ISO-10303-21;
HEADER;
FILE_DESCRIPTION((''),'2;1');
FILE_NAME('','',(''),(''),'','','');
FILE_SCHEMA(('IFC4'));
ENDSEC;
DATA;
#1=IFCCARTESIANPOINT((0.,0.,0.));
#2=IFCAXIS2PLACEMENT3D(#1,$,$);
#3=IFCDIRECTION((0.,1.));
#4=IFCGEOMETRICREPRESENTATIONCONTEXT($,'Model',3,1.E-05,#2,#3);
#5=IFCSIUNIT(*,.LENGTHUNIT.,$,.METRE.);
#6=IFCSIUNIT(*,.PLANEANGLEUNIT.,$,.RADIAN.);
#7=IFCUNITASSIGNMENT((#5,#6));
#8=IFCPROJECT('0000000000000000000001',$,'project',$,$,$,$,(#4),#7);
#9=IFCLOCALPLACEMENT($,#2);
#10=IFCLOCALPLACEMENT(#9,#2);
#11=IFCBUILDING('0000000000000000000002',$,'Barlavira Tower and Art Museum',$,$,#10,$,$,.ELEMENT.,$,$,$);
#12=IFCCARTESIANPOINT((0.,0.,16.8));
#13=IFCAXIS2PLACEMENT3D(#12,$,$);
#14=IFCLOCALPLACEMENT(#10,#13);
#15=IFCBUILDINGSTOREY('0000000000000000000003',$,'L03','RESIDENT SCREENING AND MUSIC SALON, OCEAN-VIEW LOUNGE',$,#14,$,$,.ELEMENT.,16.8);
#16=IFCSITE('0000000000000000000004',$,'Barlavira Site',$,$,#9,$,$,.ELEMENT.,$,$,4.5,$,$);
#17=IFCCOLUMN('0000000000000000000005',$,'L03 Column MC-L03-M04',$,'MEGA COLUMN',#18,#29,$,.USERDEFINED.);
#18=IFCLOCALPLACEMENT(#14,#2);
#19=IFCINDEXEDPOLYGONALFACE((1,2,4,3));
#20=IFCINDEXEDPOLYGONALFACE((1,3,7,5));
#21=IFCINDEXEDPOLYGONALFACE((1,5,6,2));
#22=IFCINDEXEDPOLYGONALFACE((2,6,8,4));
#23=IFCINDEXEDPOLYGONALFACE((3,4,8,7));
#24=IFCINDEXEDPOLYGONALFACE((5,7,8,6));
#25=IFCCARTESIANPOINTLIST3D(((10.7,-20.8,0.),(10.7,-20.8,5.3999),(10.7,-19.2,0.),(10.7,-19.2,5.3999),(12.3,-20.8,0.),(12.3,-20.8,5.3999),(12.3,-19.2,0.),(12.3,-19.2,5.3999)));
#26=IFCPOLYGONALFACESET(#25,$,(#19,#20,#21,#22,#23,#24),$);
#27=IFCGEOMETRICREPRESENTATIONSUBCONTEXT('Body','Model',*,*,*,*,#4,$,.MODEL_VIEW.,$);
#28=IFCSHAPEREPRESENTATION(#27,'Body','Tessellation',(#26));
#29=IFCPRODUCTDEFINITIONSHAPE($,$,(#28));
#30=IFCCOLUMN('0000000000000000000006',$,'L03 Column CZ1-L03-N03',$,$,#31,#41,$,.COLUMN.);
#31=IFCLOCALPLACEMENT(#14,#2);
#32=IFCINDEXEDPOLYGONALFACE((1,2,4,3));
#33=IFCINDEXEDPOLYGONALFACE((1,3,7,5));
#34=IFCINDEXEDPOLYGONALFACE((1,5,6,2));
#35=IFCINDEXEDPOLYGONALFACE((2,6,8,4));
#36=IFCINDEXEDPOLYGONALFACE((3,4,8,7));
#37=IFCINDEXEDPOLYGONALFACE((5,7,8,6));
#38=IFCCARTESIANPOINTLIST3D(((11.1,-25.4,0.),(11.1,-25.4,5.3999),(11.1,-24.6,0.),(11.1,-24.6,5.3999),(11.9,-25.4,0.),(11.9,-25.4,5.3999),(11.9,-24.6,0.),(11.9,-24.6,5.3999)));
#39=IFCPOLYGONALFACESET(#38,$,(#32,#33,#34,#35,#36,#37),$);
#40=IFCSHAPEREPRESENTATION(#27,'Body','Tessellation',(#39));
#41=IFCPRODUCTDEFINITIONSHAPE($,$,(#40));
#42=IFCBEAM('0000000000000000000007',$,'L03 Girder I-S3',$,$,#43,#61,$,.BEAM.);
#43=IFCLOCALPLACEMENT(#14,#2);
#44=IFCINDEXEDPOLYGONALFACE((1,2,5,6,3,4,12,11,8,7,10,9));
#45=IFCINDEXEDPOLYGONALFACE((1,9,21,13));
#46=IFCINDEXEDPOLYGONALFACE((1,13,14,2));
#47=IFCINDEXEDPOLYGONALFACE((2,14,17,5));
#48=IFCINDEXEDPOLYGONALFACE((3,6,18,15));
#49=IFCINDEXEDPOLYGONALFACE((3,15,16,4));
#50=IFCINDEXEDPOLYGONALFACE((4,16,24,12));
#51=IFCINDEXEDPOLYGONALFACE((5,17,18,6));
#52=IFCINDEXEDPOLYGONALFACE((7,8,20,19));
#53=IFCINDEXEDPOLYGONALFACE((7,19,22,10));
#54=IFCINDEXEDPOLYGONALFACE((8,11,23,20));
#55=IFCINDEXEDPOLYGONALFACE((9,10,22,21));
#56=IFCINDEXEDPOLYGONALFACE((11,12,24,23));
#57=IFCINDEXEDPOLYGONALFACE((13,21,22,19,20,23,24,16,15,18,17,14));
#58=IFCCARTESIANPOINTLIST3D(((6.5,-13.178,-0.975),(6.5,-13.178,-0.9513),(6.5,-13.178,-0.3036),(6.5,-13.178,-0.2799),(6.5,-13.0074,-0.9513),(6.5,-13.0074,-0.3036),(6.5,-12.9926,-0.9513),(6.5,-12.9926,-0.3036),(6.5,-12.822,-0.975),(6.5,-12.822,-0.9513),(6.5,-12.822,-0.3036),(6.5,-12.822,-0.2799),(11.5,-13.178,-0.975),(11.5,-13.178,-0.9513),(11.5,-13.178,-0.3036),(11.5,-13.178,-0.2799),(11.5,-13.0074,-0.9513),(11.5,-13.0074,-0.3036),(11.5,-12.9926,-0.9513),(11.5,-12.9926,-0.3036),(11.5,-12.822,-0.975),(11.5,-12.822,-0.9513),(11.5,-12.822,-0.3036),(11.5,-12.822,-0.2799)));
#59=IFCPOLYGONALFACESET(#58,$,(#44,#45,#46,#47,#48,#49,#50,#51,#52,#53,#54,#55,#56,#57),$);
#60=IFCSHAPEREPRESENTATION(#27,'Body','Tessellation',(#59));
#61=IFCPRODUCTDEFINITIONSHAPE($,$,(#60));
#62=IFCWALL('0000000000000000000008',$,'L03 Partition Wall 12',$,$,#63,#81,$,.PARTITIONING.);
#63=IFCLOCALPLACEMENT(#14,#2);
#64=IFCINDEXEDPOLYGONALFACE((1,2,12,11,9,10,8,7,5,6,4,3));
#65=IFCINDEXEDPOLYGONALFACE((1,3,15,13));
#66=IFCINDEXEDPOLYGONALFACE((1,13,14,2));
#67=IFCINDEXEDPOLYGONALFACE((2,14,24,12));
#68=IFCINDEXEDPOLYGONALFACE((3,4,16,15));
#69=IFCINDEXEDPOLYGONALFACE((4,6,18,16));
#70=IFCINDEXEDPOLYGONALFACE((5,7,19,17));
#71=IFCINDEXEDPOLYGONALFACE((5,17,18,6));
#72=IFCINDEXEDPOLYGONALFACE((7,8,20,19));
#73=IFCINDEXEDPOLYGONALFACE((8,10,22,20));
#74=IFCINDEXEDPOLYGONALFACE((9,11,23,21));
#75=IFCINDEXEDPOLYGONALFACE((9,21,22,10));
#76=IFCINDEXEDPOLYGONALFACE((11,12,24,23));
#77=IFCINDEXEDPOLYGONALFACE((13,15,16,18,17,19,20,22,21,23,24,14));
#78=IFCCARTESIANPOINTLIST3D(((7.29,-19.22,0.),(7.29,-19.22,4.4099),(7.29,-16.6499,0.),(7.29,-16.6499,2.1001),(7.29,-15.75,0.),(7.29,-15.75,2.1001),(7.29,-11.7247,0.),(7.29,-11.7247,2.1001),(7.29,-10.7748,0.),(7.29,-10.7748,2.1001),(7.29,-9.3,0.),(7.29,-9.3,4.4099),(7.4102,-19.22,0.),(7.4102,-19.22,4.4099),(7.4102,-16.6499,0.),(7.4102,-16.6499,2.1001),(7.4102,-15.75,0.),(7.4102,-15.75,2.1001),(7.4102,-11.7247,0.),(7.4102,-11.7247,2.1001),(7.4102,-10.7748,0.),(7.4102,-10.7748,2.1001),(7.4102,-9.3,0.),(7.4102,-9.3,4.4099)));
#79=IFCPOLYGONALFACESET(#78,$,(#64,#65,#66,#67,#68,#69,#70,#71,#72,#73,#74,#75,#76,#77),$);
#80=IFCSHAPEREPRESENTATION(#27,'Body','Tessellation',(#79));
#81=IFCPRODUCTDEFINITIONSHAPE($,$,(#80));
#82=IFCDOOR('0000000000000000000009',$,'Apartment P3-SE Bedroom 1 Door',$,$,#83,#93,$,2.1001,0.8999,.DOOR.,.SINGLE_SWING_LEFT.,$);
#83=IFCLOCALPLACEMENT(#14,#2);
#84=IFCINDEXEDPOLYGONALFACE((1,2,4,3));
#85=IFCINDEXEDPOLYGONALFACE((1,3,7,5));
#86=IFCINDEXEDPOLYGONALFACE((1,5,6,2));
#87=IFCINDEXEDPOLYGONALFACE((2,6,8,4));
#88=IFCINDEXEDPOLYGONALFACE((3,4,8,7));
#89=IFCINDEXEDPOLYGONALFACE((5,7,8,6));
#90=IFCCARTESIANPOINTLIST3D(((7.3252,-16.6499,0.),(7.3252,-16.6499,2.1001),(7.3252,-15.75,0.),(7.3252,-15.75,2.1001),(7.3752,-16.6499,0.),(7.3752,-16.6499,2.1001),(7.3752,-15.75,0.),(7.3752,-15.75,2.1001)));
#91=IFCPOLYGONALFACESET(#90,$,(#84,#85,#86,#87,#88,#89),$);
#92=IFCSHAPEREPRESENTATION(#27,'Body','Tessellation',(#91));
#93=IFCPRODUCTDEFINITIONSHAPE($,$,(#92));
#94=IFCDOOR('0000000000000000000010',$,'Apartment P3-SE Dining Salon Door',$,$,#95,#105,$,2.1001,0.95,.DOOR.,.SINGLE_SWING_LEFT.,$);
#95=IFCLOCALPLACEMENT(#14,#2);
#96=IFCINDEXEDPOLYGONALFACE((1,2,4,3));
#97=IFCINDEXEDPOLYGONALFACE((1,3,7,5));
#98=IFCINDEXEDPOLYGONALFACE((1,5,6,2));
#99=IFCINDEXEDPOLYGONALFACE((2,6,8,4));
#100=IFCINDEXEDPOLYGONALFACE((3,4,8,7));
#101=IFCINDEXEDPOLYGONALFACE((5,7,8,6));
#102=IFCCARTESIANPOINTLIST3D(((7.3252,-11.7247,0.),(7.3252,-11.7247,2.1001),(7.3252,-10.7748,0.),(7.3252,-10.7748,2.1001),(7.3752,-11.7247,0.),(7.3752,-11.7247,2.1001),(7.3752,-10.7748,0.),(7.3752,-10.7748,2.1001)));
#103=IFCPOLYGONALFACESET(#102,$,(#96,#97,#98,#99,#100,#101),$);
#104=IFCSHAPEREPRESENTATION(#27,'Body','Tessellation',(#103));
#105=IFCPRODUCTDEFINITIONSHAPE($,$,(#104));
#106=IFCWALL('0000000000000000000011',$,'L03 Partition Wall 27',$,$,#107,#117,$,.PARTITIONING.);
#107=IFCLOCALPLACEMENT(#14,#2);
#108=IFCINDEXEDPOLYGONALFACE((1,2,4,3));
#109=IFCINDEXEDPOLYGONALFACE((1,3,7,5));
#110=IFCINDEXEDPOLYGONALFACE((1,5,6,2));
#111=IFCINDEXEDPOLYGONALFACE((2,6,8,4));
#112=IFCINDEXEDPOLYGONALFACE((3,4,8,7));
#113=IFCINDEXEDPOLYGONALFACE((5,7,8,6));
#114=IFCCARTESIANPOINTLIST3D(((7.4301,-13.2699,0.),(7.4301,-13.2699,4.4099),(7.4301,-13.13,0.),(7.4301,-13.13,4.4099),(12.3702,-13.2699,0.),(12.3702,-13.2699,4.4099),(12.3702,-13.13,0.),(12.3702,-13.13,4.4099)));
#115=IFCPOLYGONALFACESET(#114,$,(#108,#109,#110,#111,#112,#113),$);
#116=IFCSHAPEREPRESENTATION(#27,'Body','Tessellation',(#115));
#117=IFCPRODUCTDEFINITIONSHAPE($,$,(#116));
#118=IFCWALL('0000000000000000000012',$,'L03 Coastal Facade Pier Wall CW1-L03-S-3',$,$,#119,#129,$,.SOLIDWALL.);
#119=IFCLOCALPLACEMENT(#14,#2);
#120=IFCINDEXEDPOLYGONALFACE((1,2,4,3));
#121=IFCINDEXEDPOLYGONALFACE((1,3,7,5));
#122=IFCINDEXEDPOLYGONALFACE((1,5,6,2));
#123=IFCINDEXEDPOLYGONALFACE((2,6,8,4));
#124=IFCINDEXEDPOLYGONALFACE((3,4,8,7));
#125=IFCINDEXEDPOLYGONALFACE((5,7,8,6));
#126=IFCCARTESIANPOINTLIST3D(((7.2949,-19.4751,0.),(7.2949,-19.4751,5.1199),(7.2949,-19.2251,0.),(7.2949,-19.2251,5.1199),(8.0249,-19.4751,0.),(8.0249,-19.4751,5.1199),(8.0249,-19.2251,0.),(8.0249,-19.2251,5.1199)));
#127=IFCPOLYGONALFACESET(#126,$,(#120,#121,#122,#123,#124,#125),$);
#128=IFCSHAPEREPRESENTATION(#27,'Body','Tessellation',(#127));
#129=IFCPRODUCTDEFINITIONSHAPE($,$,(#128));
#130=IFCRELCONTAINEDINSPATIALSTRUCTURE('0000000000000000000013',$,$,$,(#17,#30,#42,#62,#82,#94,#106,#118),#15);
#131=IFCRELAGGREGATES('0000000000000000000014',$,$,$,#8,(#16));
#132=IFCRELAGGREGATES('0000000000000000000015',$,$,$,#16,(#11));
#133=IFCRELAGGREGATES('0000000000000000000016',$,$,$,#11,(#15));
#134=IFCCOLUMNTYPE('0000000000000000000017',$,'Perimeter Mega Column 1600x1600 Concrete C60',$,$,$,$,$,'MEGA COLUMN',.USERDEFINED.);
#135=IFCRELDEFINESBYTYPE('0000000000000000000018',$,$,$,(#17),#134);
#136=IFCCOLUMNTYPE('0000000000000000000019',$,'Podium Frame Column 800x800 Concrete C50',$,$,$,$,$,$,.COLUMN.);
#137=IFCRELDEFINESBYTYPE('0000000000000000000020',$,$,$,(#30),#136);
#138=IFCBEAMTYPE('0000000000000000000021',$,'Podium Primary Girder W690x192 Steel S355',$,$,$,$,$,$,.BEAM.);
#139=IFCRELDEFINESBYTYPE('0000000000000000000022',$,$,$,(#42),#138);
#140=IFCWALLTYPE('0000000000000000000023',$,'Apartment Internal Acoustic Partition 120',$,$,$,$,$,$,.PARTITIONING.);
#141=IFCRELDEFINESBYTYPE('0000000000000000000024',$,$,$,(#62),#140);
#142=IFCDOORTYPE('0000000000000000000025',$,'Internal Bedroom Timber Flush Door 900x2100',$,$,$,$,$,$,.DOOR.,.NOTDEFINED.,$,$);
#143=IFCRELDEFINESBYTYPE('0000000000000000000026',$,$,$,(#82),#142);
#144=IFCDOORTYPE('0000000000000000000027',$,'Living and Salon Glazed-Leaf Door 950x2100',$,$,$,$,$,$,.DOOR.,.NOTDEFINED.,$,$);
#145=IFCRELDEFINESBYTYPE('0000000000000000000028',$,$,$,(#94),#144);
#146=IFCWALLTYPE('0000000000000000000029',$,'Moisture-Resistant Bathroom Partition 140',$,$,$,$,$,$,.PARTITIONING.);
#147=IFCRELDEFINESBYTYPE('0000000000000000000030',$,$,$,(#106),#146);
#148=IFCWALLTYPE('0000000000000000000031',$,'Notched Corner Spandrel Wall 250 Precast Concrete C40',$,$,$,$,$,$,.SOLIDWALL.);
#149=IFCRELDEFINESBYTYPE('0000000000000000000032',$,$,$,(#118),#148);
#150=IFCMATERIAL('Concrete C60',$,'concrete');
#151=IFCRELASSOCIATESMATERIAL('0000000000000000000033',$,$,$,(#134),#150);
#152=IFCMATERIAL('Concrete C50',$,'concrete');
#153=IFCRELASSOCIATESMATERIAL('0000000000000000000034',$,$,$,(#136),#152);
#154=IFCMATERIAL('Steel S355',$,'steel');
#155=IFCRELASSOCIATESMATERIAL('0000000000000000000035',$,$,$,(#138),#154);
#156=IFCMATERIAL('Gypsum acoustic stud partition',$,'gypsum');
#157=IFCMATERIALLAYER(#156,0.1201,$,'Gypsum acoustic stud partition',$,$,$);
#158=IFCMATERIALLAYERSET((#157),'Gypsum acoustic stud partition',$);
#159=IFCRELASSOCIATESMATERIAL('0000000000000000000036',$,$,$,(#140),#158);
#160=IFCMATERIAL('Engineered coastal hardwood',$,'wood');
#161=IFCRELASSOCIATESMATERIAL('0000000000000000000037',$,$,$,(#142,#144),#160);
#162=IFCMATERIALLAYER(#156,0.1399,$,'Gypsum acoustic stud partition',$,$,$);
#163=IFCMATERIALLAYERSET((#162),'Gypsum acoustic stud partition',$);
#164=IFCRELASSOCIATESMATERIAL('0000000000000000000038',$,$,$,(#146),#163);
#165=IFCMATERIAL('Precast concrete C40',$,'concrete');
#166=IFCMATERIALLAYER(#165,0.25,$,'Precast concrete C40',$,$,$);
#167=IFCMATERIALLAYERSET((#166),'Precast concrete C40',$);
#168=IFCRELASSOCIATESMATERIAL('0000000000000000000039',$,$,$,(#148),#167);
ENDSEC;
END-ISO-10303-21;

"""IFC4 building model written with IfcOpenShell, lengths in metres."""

from ifc_helpers import new_model, si_unit, direction, frame, frame_2d, origin, origin_2d, place, context, subcontext, project, spatial, rectangle, i_section, extrude, material, layer, layer_set, material_profile, profile_set, type_object, element, fill, save


model = new_model("IFC4")

# Units and contexts
model_context = context("Model", 3, precision=1e-05, world=origin(), true_north=direction((0.0, 1.0)))
body_context = subcontext(model_context, "Body", "Model", "MODEL_VIEW")
ifc_project = project(units=[si_unit("LENGTHUNIT", "METRE"), si_unit("PLANEANGLEUNIT", "RADIAN")], contexts=[model_context])

# Site, building, storey
site_placement = place(None, origin())
site = spatial("IfcSite", under=ifc_project, at=site_placement, Name="Barlavira Site", CompositionType="ELEMENT", RefElevation=4.5)
building_placement = place(site_placement, origin())
building = spatial("IfcBuilding", under=site, at=building_placement, Name="Barlavira Tower and Art Museum", CompositionType="ELEMENT")
storey_placement = place(building_placement, frame((0.0, 0.0, 16.8)))
storey = spatial("IfcBuildingStorey", under=building, at=storey_placement, Name="L03", Description="RESIDENT SCREENING AND MUSIC SALON, OCEAN-VIEW LOUNGE", CompositionType="ELEMENT", Elevation=16.8)

# Columns
ifc_material_1 = material(Name="Concrete C60", Category="concrete")
ifc_material_profile_1 = material_profile(ifc_material_1, rectangle(XDim=1.6001, YDim=1.6001, at=origin_2d()), Name="RC-MCOL 1600x1600")
ifc_profile_set_1 = profile_set([ifc_material_profile_1], Name="Concrete C60")
column_type_1 = type_object("IfcColumnType", Name="Perimeter Mega Column 1600x1600 Concrete C60", ElementType="MEGA COLUMN", PredefinedType="USERDEFINED", material=ifc_profile_set_1)
column_1_placement = place(storey_placement, frame((11.5, -20.0, 0.0), z_axis=(0.0, 0.0, 1.0), x_axis=(1.0, 0.0, 0.0)))
element("IfcColumn", 1, at=column_1_placement, inside=storey, type_object=column_type_1, Name="L03 Column MC-L03-M04", ObjectType="MEGA COLUMN", PredefinedType="USERDEFINED", context=body_context, shape_type="SweptSolid", body=[
    extrude(rectangle(XDim=1.6001, YDim=1.6001, at=origin_2d()), origin(), (0.0, 0.0, 1.0), 5.3999),
])
ifc_material_2 = material(Name="Concrete C50", Category="concrete")
ifc_material_profile_2 = material_profile(ifc_material_2, rectangle(XDim=0.8, YDim=0.8, at=origin_2d()), Name="RC-COL 800x800")
ifc_profile_set_2 = profile_set([ifc_material_profile_2], Name="Concrete C50")
column_type_2 = type_object("IfcColumnType", Name="Podium Frame Column 800x800 Concrete C50", PredefinedType="COLUMN", material=ifc_profile_set_2)
column_2_placement = place(storey_placement, frame((11.5, -25.0, 0.0), z_axis=(0.0, 0.0, 1.0), x_axis=(1.0, 0.0, 0.0)))
element("IfcColumn", 2, at=column_2_placement, inside=storey, type_object=column_type_2, Name="L03 Column CZ1-L03-N03", PredefinedType="COLUMN", context=body_context, shape_type="SweptSolid", body=[
    extrude(rectangle(XDim=0.8, YDim=0.8, at=origin_2d()), origin(), (0.0, 0.0, 1.0), 5.3999),
])

# Beam
ifc_material_3 = material(Name="Steel S355", Category="steel")
ifc_material_profile_3 = material_profile(ifc_material_3, i_section(OverallWidth=0.356, OverallDepth=0.6951, WebThickness=0.0149, FlangeThickness=0.0237, at=origin_2d()), Name="W690x192.0")
ifc_profile_set_3 = profile_set([ifc_material_profile_3], Name="Steel S355")
beam_type = type_object("IfcBeamType", Name="Podium Primary Girder W690x192 Steel S355", PredefinedType="BEAM", material=ifc_profile_set_3)
beam_placement = place(storey_placement, frame((6.5, -13.0, -0.6274), z_axis=(1.0, 0.0, 0.0), x_axis=(0.0, 1.0, 0.0)))
element("IfcBeam", 3, at=beam_placement, inside=storey, type_object=beam_type, Name="L03 Girder I-S3", PredefinedType="BEAM", context=body_context, shape_type="SweptSolid", body=[
    extrude(i_section(OverallWidth=0.356, OverallDepth=0.6951, WebThickness=0.0149, FlangeThickness=0.0237, at=origin_2d()), origin(), (0.0, 0.0, 1.0), 5.0),
])

# Wall, openings, doors
ifc_material_4 = material(Name="Gypsum acoustic stud partition", Category="gypsum")
ifc_layer_1 = layer(ifc_material_4, 0.1201, Name="Gypsum acoustic stud partition")
ifc_layer_set_1 = layer_set([ifc_layer_1], Name="Gypsum acoustic stud partition")
wall_type_1 = type_object("IfcWallType", Name="Apartment Internal Acoustic Partition 120", PredefinedType="PARTITIONING", material=ifc_layer_set_1)
wall_1_placement = place(storey_placement, frame((7.3501, -19.22, 0.0), z_axis=(0.0, 0.0, 1.0), x_axis=(0.0, 1.0, 0.0)))
wall_1 = element("IfcWall", 4, at=wall_1_placement, inside=storey, type_object=wall_type_1, Name="L03 Partition Wall 12", PredefinedType="PARTITIONING", context=body_context, shape_type="SweptSolid", body=[
    extrude(rectangle(XDim=9.9199, YDim=0.1201, at=frame_2d((4.96, 0.0))), origin(), (0.0, 0.0, 1.0), 4.4099),
])
opening_1_placement = place(wall_1_placement, frame((7.4951, 0.0, 0.0)))
opening_1 = element("IfcOpeningElement", 5, at=opening_1_placement, cuts=wall_1, PredefinedType="OPENING", context=body_context, shape_type="SweptSolid", body=[
    extrude(rectangle(XDim=0.95, YDim=2.1001, at=frame_2d((0.4751, 1.05))), frame((0.0, 0.0701, 0.0), z_axis=(0.0, -1.0, 0.0), x_axis=(1.0, 0.0, 0.0)), (0.0, 0.0, 1.0), 0.1401),
])
opening_2_placement = place(wall_1_placement, frame((2.5701, 0.0, 0.0)))
opening_2 = element("IfcOpeningElement", 6, at=opening_2_placement, cuts=wall_1, PredefinedType="OPENING", context=body_context, shape_type="SweptSolid", body=[
    extrude(rectangle(XDim=0.8999, YDim=2.1001, at=frame_2d((0.45, 1.05))), frame((0.0, 0.0701, 0.0), z_axis=(0.0, -1.0, 0.0), x_axis=(1.0, 0.0, 0.0)), (0.0, 0.0, 1.0), 0.1401),
])
ifc_material_5 = material(Name="Engineered coastal hardwood", Category="wood")
door_type_1 = type_object("IfcDoorType", Name="Internal Bedroom Timber Flush Door 900x2100", OperationType="NOTDEFINED", PredefinedType="DOOR", material=ifc_material_5)
door_1_placement = place(opening_2_placement, origin())
door_1 = element("IfcDoor", 7, at=door_1_placement, inside=storey, type_object=door_type_1, Name="Apartment P3-SE Bedroom 1 Door", OperationType="SINGLE_SWING_LEFT", OverallHeight=2.1001, OverallWidth=0.8999, PredefinedType="DOOR", context=body_context, shape_type="SweptSolid", body=[
    extrude(rectangle(XDim=0.8999, YDim=2.1001, at=frame_2d((0.45, 1.05))), frame((0.0, 0.0249, 0.0), z_axis=(0.0, -1.0, 0.0), x_axis=(1.0, 0.0, 0.0)), (0.0, 0.0, 1.0), 0.05),
])
fill(opening_2, door_1)
door_type_2 = type_object("IfcDoorType", Name="Living and Salon Glazed-Leaf Door 950x2100", OperationType="NOTDEFINED", PredefinedType="DOOR", material=ifc_material_5)
door_2_placement = place(opening_1_placement, origin())
door_2 = element("IfcDoor", 8, at=door_2_placement, inside=storey, type_object=door_type_2, Name="Apartment P3-SE Dining Salon Door", OperationType="SINGLE_SWING_LEFT", OverallHeight=2.1001, OverallWidth=0.95, PredefinedType="DOOR", context=body_context, shape_type="SweptSolid", body=[
    extrude(rectangle(XDim=0.95, YDim=2.1001, at=frame_2d((0.4751, 1.05))), frame((0.0, 0.0249, 0.0), z_axis=(0.0, -1.0, 0.0), x_axis=(1.0, 0.0, 0.0)), (0.0, 0.0, 1.0), 0.05),
])
fill(opening_1, door_2)

# Walls
ifc_layer_2 = layer(ifc_material_4, 0.1399, Name="Gypsum acoustic stud partition")
ifc_layer_set_2 = layer_set([ifc_layer_2], Name="Gypsum acoustic stud partition")
wall_type_2 = type_object("IfcWallType", Name="Moisture-Resistant Bathroom Partition 140", PredefinedType="PARTITIONING", material=ifc_layer_set_2)
wall_2_placement = place(storey_placement, frame((7.4299, -13.2, 0.0), z_axis=(0.0, 0.0, 1.0), x_axis=(1.0, 0.0, 0.0)))
element("IfcWall", 9, at=wall_2_placement, inside=storey, type_object=wall_type_2, Name="L03 Partition Wall 27", PredefinedType="PARTITIONING", context=body_context, shape_type="SweptSolid", body=[
    extrude(rectangle(XDim=4.9402, YDim=0.1399, at=frame_2d((2.4702, 0.0))), origin(), (0.0, 0.0, 1.0), 4.4099),
])
ifc_material_6 = material(Name="Precast concrete C40", Category="concrete")
ifc_layer_3 = layer(ifc_material_6, 0.25, Name="Precast concrete C40")
ifc_layer_set_3 = layer_set([ifc_layer_3], Name="Precast concrete C40")
wall_type_3 = type_object("IfcWallType", Name="Notched Corner Spandrel Wall 250 Precast Concrete C40", PredefinedType="SOLIDWALL", material=ifc_layer_set_3)
wall_3_placement = place(storey_placement, frame((7.2949, -19.3501, 0.0), z_axis=(0.0, 0.0, 1.0), x_axis=(1.0, 0.0, 0.0)))
element("IfcWall", 10, at=wall_3_placement, inside=storey, type_object=wall_type_3, Name="L03 Coastal Facade Pier Wall CW1-L03-S-3", PredefinedType="SOLIDWALL", context=body_context, shape_type="SweptSolid", body=[
    extrude(rectangle(XDim=0.73, YDim=0.25, at=frame_2d((0.365, 0.0))), origin(), (0.0, 0.0, 1.0), 5.1199),
])

save(model, "model.ifc")
